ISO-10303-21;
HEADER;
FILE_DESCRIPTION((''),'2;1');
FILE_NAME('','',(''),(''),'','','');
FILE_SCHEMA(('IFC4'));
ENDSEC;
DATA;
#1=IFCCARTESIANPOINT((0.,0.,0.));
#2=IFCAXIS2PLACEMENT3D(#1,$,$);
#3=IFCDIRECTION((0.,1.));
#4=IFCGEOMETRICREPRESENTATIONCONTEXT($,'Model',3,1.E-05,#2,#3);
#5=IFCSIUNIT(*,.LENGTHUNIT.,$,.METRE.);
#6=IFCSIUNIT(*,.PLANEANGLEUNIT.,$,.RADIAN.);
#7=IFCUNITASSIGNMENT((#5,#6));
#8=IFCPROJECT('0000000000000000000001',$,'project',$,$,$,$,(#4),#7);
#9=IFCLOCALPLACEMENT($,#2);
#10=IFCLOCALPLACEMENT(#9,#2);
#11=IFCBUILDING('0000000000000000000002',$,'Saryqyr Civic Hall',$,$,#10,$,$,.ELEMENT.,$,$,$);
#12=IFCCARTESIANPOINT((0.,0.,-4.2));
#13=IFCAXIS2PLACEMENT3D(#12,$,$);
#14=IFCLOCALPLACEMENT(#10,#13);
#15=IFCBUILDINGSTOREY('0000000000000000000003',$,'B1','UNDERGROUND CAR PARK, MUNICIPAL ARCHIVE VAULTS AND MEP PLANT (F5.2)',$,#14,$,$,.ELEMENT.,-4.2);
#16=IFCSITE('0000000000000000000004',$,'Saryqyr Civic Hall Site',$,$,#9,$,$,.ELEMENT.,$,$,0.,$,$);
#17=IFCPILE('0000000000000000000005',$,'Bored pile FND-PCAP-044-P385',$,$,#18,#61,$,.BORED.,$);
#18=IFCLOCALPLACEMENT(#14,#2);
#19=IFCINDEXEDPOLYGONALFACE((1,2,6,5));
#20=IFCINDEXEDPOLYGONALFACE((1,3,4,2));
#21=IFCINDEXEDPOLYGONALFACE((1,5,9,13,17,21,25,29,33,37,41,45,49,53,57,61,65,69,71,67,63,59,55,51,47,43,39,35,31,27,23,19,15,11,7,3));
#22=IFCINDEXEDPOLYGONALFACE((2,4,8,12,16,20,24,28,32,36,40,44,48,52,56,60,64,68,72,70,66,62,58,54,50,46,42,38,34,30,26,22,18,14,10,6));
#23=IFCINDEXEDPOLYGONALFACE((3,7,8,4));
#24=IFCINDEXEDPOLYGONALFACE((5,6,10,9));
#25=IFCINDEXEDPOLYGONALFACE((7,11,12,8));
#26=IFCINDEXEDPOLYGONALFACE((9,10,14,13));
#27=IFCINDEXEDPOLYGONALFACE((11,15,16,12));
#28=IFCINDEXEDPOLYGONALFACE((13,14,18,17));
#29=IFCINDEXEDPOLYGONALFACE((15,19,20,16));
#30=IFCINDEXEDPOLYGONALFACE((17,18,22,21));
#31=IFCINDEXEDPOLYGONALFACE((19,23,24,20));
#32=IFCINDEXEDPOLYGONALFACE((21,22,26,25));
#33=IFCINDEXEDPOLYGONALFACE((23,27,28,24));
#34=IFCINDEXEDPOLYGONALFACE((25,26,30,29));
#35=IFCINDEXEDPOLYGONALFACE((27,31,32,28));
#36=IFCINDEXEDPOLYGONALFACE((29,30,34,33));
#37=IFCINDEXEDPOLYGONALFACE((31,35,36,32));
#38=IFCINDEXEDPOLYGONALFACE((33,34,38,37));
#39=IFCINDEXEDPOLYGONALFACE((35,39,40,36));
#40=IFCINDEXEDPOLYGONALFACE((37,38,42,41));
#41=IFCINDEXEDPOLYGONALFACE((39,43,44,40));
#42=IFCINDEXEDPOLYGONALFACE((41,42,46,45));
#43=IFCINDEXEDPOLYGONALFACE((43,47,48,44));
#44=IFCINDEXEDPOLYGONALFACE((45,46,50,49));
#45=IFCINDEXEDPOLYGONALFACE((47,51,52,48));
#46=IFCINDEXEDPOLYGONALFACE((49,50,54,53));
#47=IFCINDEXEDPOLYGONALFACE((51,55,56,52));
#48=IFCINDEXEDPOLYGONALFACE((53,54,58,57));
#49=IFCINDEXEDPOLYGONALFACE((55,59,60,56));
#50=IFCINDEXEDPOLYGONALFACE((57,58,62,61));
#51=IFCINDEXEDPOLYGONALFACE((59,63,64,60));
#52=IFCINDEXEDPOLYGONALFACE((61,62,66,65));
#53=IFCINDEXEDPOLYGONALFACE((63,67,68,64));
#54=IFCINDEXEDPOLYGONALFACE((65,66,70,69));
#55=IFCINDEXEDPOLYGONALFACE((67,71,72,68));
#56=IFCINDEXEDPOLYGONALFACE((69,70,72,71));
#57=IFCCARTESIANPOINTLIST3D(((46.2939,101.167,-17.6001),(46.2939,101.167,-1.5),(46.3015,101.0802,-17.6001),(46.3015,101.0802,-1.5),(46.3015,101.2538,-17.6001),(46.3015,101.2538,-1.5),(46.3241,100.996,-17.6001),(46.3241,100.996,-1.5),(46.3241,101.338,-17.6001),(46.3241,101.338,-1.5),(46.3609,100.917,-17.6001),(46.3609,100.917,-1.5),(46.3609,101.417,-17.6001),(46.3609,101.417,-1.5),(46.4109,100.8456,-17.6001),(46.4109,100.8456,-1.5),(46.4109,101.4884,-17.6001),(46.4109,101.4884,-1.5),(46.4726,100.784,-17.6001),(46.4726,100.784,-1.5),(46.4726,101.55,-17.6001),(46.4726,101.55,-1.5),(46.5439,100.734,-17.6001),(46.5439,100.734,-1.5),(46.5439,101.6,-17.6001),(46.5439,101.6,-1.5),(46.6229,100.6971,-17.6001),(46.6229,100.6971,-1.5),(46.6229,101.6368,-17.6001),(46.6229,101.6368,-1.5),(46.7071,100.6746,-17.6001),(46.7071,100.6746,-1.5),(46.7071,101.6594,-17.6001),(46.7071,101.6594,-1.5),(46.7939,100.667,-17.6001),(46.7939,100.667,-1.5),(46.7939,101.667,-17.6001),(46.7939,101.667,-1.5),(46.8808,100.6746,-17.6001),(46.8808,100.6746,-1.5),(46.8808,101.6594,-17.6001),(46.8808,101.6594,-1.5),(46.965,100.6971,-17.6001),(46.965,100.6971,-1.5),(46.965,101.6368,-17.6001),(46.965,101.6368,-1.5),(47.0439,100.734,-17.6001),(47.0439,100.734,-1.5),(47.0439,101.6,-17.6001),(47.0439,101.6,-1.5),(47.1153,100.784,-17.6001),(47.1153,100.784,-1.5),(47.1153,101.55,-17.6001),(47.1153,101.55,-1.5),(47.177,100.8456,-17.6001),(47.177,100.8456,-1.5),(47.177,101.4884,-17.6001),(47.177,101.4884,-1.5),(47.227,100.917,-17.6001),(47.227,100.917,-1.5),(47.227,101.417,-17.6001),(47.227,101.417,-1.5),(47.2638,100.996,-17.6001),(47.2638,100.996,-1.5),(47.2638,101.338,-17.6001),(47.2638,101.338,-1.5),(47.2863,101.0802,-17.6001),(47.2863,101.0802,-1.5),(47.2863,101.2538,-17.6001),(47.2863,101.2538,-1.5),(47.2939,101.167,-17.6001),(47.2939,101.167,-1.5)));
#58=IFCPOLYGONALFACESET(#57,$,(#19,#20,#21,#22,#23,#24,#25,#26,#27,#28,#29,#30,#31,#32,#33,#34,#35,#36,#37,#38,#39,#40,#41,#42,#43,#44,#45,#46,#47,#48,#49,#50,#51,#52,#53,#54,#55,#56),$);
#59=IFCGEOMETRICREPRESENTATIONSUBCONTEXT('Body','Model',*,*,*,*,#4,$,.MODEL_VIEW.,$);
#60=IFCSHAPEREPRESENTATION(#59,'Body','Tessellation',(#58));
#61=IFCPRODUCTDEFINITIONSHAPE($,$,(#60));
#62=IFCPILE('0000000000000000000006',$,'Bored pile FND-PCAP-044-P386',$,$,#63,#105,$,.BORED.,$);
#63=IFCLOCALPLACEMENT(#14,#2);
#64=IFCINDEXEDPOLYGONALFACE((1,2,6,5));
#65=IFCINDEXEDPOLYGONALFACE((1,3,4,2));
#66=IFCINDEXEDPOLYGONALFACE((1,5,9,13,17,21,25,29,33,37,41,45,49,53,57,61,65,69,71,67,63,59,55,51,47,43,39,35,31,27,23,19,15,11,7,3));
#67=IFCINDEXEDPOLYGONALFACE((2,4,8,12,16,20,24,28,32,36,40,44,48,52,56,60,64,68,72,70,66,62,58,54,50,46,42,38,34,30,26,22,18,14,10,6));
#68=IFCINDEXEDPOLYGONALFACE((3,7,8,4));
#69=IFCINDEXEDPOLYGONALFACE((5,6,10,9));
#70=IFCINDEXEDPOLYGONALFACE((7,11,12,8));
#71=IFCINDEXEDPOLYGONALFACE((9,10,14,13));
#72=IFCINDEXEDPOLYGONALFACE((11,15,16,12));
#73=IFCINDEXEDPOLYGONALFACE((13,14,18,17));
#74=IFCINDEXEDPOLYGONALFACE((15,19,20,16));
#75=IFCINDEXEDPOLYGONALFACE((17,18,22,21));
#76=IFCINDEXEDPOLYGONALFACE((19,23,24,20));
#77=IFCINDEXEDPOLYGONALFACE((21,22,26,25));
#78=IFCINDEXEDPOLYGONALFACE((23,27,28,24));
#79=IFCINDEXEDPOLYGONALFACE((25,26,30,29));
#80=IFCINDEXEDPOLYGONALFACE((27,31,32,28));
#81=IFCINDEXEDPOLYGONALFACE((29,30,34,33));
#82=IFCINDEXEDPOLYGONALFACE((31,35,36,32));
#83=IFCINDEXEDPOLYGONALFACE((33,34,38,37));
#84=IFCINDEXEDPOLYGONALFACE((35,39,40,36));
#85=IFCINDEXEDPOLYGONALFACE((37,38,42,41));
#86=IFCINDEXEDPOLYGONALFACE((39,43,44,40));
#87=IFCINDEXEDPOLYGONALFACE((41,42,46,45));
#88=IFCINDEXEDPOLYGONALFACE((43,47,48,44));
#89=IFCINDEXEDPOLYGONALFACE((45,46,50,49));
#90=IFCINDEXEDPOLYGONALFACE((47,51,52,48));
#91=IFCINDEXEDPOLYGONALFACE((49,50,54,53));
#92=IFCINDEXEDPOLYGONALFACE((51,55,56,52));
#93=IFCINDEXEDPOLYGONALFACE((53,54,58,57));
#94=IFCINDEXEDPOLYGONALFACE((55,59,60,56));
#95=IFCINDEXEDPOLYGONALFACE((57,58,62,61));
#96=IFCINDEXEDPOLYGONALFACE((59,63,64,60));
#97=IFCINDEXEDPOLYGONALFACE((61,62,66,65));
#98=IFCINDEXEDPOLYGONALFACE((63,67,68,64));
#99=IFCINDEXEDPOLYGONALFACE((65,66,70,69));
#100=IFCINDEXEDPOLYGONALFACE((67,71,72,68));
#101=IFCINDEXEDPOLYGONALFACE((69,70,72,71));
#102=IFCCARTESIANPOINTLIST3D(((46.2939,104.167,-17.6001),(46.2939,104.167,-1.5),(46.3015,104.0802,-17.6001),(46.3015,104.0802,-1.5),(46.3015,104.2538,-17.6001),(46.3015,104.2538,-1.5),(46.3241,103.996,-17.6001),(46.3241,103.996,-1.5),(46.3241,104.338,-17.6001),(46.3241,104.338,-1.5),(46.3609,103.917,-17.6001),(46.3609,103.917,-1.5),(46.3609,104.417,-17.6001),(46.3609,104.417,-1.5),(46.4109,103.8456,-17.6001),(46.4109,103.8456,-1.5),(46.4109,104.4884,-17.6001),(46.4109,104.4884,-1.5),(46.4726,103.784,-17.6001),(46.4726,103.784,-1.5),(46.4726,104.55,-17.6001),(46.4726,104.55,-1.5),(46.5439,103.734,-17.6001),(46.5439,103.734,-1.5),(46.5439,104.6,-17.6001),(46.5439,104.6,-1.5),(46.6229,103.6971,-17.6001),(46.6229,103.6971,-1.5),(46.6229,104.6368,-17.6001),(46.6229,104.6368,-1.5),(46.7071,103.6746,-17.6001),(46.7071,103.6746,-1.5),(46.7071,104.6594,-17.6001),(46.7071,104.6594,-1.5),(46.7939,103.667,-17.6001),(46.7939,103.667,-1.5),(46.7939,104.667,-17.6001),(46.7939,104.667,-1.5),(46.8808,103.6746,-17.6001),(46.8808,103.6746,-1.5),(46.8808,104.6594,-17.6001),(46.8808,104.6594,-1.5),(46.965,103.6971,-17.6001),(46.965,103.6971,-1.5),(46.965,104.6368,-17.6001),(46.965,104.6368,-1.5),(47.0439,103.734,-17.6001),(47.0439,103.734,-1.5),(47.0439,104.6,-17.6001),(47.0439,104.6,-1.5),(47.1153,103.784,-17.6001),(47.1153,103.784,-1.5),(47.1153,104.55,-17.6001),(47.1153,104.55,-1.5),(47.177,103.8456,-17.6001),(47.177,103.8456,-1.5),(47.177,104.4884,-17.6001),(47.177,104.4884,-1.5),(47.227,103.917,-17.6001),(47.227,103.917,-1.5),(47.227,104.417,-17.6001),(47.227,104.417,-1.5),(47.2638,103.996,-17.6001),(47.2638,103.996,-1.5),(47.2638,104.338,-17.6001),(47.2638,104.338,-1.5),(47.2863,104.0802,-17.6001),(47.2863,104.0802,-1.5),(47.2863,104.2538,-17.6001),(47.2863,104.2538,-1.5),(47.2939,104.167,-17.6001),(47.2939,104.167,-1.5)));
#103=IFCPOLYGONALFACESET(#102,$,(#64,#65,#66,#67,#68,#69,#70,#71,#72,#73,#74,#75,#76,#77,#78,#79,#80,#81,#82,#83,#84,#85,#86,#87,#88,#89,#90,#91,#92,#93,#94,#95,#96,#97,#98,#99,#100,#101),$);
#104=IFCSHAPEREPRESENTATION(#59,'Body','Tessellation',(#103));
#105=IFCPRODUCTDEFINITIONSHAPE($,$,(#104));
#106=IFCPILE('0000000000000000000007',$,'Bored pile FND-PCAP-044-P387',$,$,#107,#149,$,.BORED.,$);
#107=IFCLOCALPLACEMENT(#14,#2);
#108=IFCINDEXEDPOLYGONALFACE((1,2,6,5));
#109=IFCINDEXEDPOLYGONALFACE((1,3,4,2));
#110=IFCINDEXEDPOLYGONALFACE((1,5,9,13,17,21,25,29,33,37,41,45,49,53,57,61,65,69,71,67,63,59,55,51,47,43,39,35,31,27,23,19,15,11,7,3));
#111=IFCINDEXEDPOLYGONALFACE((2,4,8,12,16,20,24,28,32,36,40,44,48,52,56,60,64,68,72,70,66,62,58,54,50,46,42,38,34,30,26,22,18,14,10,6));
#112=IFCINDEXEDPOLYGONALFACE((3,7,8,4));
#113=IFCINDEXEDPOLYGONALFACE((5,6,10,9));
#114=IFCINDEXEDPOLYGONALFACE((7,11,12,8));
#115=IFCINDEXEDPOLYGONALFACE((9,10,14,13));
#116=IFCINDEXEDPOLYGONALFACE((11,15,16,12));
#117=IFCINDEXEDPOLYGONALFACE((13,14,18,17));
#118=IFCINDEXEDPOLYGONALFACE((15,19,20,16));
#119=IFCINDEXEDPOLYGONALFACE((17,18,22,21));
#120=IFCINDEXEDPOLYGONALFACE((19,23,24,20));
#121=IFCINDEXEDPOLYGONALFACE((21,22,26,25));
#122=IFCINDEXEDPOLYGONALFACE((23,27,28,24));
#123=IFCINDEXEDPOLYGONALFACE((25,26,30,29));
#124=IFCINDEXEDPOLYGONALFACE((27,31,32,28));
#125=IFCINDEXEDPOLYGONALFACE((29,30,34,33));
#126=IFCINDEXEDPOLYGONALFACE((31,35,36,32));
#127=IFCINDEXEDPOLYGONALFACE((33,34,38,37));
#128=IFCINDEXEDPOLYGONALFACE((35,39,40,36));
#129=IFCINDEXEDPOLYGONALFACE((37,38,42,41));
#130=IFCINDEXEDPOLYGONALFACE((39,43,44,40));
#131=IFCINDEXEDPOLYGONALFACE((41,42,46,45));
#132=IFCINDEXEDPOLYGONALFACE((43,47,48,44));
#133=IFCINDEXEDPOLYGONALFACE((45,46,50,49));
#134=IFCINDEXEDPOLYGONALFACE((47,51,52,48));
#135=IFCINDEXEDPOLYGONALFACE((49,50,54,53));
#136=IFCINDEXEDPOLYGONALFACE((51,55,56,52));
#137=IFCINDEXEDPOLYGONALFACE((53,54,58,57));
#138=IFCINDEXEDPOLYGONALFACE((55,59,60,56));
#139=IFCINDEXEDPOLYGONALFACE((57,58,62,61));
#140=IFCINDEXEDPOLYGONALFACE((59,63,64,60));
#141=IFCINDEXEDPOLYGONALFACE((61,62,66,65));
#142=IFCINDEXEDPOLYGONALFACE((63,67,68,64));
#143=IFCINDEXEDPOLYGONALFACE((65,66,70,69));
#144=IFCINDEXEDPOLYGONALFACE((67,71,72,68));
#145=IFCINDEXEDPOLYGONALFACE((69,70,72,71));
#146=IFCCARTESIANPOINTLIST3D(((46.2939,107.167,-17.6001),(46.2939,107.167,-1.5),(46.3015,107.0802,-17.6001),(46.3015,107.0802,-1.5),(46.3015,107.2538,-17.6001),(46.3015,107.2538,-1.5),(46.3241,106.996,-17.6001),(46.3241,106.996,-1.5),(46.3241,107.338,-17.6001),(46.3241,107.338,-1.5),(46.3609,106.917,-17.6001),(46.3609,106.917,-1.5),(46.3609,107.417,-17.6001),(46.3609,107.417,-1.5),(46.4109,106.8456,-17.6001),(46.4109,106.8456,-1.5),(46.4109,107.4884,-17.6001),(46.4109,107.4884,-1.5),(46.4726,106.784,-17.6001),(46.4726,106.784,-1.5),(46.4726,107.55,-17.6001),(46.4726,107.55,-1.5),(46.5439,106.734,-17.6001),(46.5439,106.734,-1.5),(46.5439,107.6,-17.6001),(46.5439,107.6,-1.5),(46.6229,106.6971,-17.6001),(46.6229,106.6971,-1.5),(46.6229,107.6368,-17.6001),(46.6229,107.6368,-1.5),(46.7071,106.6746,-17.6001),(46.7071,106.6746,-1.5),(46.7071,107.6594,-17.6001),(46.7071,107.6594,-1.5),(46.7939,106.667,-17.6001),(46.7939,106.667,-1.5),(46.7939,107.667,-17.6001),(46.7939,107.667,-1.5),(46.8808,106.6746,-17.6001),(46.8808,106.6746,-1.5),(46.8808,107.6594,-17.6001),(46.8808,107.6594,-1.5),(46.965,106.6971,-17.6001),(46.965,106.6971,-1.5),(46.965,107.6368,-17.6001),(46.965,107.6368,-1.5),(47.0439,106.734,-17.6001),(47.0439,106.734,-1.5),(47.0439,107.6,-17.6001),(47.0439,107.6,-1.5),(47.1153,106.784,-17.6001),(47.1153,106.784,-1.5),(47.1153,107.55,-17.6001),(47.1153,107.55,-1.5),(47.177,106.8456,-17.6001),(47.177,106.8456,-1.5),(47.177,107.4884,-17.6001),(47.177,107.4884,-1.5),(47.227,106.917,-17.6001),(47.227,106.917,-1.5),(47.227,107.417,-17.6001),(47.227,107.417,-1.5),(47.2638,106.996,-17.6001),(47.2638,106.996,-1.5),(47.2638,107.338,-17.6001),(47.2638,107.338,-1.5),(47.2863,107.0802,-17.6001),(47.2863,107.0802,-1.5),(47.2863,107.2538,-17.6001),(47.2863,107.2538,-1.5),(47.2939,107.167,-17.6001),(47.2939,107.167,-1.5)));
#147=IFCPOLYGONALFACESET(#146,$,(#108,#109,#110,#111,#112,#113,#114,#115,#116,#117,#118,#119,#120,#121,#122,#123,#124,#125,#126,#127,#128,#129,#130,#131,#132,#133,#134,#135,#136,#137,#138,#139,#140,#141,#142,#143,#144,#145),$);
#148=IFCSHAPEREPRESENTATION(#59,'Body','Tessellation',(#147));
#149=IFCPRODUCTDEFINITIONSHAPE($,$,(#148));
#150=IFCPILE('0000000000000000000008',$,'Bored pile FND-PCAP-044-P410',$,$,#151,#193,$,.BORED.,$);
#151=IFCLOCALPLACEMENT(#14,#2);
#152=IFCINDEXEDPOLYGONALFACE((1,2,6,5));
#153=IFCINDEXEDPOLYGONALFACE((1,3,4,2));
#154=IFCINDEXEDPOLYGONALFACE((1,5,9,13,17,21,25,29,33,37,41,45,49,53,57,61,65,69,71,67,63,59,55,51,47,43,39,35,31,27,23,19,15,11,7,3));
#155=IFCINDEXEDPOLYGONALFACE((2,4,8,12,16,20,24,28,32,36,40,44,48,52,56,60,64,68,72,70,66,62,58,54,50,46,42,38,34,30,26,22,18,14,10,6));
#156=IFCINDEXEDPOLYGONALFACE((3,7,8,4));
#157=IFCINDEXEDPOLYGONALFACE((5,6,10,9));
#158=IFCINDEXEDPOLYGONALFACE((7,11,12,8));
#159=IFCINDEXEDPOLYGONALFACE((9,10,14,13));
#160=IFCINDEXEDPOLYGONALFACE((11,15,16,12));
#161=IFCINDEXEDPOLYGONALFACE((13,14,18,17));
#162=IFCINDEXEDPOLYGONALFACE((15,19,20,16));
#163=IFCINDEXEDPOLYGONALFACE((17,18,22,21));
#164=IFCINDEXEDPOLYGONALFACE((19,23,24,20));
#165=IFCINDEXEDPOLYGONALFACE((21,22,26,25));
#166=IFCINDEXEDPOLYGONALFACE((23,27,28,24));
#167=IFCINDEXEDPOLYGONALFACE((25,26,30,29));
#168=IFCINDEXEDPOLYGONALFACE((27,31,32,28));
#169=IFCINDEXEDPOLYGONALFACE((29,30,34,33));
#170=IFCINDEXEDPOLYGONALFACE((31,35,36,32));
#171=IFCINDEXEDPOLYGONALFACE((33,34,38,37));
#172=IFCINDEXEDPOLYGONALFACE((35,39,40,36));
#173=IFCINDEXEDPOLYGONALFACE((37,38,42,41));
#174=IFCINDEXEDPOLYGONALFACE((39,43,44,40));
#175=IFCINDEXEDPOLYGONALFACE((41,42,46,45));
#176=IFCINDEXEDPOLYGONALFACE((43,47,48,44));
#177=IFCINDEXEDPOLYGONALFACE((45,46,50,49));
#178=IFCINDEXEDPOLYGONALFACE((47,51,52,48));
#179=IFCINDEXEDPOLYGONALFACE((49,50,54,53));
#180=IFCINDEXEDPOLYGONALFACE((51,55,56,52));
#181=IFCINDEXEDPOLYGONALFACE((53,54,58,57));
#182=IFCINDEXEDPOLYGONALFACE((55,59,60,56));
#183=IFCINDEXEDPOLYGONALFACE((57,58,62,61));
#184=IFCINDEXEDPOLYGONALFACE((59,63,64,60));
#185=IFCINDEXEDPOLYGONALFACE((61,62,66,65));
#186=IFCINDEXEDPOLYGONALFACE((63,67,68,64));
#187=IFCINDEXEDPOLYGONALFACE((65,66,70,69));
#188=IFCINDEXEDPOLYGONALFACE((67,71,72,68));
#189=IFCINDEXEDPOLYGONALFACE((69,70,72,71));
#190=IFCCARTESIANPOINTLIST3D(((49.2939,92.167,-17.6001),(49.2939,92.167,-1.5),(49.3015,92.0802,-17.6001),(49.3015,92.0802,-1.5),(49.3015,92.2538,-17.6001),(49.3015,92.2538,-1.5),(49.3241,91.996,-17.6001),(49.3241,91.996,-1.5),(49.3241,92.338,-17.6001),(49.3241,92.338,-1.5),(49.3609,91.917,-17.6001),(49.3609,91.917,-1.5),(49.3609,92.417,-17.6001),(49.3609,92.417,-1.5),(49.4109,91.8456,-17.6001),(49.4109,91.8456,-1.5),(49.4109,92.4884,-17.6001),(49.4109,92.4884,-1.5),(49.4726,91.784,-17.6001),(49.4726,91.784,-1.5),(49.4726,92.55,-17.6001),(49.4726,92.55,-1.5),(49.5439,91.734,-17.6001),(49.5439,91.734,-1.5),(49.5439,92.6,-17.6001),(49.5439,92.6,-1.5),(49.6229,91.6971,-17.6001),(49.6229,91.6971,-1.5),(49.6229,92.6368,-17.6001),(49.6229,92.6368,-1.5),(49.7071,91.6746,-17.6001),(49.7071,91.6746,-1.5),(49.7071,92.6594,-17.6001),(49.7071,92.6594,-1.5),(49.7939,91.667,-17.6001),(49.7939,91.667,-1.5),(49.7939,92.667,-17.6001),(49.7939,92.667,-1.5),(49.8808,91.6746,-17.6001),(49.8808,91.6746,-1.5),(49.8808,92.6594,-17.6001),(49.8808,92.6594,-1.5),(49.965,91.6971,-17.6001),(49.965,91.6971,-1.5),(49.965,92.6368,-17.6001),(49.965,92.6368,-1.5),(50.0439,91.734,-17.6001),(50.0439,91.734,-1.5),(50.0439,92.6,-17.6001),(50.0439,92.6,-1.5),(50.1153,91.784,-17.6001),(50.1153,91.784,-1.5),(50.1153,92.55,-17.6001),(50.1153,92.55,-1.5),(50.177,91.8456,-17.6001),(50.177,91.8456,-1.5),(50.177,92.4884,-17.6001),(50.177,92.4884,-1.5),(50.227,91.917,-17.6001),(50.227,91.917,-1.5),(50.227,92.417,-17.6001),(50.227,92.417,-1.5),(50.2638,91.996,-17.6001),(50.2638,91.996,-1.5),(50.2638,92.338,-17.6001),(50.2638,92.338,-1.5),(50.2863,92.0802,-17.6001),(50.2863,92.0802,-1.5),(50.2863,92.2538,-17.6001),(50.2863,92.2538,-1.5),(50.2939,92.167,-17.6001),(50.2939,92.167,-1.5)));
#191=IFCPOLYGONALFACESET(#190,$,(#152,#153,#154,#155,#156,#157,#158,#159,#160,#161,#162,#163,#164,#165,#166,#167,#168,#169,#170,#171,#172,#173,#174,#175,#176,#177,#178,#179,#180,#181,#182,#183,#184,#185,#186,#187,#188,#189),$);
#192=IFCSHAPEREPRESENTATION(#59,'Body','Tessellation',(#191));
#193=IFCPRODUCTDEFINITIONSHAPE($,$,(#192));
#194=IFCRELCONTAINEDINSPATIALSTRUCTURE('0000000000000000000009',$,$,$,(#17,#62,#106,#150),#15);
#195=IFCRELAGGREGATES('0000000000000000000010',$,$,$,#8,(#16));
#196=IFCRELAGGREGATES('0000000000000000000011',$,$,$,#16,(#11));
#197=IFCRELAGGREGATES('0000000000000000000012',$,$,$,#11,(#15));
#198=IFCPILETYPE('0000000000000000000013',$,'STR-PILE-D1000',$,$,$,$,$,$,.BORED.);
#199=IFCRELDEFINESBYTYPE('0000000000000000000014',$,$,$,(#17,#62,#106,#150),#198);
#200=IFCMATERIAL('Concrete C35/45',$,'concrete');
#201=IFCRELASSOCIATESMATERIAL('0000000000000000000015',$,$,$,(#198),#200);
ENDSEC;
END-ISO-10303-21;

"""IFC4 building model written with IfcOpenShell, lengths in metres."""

from ifc_helpers import new_model, si_unit, direction, frame, origin, origin_2d, place, context, subcontext, project, spatial, circle, extrude, material, material_profile, profile_set, type_object, element, save


model = new_model("IFC4")

# Units and contexts
model_context = context("Model", 3, precision=1e-05, world=origin(), true_north=direction((0.0, 1.0)))
body_context = subcontext(model_context, "Body", "Model", "MODEL_VIEW")
ifc_project = project(units=[si_unit("LENGTHUNIT", "METRE"), si_unit("PLANEANGLEUNIT", "RADIAN")], contexts=[model_context])

# Site, building, storey
site_placement = place(None, origin())
site = spatial("IfcSite", under=ifc_project, at=site_placement, Name="Saryqyr Civic Hall Site", CompositionType="ELEMENT", RefElevation=0.0)
building_placement = place(site_placement, origin())
building = spatial("IfcBuilding", under=site, at=building_placement, Name="Saryqyr Civic Hall", CompositionType="ELEMENT")
storey_placement = place(building_placement, frame((0.0, 0.0, -4.2)))
storey = spatial("IfcBuildingStorey", under=building, at=storey_placement, Name="B1", Description="UNDERGROUND CAR PARK, MUNICIPAL ARCHIVE VAULTS AND MEP PLANT (F5.2)", CompositionType="ELEMENT", Elevation=-4.2)

# Piles
ifc_material_1 = material(Name="Concrete C35/45", Category="concrete")
ifc_material_profile_1 = material_profile(ifc_material_1, circle(Radius=0.5, at=origin_2d()), Name="BORED PILE D1000")
ifc_profile_set_1 = profile_set([ifc_material_profile_1], Name="Concrete C35/45")
pile_type = type_object("IfcPileType", Name="STR-PILE-D1000", PredefinedType="BORED", material=ifc_profile_set_1)
for number, where, z_axis, x_axis, name in (
    (1, (46.7939, 101.167, -1.5), (0.0, 0.0, -1.0), (1.0, 0.0, 0.0), "Bored pile FND-PCAP-044-P385"),
    (2, (46.7939, 104.167, -1.5), (0.0, 0.0, -1.0), (1.0, 0.0, 0.0), "Bored pile FND-PCAP-044-P386"),
    (3, (46.7939, 107.167, -1.5), (0.0, 0.0, -1.0), (1.0, 0.0, 0.0), "Bored pile FND-PCAP-044-P387"),
    (4, (49.7939, 92.167, -1.5), (0.0, 0.0, -1.0), (1.0, 0.0, 0.0), "Bored pile FND-PCAP-044-P410"),
):
    element("IfcPile", number, at=place(storey_placement, frame(where, z_axis=z_axis, x_axis=x_axis)), inside=storey, type_object=pile_type, Name=name, PredefinedType="BORED", context=body_context, shape_type="SweptSolid", body=[
        extrude(circle(Radius=0.5, at=origin_2d()), origin(), (0.0, 0.0, 1.0), 16.1001),
    ])

save(model, "model.ifc")
